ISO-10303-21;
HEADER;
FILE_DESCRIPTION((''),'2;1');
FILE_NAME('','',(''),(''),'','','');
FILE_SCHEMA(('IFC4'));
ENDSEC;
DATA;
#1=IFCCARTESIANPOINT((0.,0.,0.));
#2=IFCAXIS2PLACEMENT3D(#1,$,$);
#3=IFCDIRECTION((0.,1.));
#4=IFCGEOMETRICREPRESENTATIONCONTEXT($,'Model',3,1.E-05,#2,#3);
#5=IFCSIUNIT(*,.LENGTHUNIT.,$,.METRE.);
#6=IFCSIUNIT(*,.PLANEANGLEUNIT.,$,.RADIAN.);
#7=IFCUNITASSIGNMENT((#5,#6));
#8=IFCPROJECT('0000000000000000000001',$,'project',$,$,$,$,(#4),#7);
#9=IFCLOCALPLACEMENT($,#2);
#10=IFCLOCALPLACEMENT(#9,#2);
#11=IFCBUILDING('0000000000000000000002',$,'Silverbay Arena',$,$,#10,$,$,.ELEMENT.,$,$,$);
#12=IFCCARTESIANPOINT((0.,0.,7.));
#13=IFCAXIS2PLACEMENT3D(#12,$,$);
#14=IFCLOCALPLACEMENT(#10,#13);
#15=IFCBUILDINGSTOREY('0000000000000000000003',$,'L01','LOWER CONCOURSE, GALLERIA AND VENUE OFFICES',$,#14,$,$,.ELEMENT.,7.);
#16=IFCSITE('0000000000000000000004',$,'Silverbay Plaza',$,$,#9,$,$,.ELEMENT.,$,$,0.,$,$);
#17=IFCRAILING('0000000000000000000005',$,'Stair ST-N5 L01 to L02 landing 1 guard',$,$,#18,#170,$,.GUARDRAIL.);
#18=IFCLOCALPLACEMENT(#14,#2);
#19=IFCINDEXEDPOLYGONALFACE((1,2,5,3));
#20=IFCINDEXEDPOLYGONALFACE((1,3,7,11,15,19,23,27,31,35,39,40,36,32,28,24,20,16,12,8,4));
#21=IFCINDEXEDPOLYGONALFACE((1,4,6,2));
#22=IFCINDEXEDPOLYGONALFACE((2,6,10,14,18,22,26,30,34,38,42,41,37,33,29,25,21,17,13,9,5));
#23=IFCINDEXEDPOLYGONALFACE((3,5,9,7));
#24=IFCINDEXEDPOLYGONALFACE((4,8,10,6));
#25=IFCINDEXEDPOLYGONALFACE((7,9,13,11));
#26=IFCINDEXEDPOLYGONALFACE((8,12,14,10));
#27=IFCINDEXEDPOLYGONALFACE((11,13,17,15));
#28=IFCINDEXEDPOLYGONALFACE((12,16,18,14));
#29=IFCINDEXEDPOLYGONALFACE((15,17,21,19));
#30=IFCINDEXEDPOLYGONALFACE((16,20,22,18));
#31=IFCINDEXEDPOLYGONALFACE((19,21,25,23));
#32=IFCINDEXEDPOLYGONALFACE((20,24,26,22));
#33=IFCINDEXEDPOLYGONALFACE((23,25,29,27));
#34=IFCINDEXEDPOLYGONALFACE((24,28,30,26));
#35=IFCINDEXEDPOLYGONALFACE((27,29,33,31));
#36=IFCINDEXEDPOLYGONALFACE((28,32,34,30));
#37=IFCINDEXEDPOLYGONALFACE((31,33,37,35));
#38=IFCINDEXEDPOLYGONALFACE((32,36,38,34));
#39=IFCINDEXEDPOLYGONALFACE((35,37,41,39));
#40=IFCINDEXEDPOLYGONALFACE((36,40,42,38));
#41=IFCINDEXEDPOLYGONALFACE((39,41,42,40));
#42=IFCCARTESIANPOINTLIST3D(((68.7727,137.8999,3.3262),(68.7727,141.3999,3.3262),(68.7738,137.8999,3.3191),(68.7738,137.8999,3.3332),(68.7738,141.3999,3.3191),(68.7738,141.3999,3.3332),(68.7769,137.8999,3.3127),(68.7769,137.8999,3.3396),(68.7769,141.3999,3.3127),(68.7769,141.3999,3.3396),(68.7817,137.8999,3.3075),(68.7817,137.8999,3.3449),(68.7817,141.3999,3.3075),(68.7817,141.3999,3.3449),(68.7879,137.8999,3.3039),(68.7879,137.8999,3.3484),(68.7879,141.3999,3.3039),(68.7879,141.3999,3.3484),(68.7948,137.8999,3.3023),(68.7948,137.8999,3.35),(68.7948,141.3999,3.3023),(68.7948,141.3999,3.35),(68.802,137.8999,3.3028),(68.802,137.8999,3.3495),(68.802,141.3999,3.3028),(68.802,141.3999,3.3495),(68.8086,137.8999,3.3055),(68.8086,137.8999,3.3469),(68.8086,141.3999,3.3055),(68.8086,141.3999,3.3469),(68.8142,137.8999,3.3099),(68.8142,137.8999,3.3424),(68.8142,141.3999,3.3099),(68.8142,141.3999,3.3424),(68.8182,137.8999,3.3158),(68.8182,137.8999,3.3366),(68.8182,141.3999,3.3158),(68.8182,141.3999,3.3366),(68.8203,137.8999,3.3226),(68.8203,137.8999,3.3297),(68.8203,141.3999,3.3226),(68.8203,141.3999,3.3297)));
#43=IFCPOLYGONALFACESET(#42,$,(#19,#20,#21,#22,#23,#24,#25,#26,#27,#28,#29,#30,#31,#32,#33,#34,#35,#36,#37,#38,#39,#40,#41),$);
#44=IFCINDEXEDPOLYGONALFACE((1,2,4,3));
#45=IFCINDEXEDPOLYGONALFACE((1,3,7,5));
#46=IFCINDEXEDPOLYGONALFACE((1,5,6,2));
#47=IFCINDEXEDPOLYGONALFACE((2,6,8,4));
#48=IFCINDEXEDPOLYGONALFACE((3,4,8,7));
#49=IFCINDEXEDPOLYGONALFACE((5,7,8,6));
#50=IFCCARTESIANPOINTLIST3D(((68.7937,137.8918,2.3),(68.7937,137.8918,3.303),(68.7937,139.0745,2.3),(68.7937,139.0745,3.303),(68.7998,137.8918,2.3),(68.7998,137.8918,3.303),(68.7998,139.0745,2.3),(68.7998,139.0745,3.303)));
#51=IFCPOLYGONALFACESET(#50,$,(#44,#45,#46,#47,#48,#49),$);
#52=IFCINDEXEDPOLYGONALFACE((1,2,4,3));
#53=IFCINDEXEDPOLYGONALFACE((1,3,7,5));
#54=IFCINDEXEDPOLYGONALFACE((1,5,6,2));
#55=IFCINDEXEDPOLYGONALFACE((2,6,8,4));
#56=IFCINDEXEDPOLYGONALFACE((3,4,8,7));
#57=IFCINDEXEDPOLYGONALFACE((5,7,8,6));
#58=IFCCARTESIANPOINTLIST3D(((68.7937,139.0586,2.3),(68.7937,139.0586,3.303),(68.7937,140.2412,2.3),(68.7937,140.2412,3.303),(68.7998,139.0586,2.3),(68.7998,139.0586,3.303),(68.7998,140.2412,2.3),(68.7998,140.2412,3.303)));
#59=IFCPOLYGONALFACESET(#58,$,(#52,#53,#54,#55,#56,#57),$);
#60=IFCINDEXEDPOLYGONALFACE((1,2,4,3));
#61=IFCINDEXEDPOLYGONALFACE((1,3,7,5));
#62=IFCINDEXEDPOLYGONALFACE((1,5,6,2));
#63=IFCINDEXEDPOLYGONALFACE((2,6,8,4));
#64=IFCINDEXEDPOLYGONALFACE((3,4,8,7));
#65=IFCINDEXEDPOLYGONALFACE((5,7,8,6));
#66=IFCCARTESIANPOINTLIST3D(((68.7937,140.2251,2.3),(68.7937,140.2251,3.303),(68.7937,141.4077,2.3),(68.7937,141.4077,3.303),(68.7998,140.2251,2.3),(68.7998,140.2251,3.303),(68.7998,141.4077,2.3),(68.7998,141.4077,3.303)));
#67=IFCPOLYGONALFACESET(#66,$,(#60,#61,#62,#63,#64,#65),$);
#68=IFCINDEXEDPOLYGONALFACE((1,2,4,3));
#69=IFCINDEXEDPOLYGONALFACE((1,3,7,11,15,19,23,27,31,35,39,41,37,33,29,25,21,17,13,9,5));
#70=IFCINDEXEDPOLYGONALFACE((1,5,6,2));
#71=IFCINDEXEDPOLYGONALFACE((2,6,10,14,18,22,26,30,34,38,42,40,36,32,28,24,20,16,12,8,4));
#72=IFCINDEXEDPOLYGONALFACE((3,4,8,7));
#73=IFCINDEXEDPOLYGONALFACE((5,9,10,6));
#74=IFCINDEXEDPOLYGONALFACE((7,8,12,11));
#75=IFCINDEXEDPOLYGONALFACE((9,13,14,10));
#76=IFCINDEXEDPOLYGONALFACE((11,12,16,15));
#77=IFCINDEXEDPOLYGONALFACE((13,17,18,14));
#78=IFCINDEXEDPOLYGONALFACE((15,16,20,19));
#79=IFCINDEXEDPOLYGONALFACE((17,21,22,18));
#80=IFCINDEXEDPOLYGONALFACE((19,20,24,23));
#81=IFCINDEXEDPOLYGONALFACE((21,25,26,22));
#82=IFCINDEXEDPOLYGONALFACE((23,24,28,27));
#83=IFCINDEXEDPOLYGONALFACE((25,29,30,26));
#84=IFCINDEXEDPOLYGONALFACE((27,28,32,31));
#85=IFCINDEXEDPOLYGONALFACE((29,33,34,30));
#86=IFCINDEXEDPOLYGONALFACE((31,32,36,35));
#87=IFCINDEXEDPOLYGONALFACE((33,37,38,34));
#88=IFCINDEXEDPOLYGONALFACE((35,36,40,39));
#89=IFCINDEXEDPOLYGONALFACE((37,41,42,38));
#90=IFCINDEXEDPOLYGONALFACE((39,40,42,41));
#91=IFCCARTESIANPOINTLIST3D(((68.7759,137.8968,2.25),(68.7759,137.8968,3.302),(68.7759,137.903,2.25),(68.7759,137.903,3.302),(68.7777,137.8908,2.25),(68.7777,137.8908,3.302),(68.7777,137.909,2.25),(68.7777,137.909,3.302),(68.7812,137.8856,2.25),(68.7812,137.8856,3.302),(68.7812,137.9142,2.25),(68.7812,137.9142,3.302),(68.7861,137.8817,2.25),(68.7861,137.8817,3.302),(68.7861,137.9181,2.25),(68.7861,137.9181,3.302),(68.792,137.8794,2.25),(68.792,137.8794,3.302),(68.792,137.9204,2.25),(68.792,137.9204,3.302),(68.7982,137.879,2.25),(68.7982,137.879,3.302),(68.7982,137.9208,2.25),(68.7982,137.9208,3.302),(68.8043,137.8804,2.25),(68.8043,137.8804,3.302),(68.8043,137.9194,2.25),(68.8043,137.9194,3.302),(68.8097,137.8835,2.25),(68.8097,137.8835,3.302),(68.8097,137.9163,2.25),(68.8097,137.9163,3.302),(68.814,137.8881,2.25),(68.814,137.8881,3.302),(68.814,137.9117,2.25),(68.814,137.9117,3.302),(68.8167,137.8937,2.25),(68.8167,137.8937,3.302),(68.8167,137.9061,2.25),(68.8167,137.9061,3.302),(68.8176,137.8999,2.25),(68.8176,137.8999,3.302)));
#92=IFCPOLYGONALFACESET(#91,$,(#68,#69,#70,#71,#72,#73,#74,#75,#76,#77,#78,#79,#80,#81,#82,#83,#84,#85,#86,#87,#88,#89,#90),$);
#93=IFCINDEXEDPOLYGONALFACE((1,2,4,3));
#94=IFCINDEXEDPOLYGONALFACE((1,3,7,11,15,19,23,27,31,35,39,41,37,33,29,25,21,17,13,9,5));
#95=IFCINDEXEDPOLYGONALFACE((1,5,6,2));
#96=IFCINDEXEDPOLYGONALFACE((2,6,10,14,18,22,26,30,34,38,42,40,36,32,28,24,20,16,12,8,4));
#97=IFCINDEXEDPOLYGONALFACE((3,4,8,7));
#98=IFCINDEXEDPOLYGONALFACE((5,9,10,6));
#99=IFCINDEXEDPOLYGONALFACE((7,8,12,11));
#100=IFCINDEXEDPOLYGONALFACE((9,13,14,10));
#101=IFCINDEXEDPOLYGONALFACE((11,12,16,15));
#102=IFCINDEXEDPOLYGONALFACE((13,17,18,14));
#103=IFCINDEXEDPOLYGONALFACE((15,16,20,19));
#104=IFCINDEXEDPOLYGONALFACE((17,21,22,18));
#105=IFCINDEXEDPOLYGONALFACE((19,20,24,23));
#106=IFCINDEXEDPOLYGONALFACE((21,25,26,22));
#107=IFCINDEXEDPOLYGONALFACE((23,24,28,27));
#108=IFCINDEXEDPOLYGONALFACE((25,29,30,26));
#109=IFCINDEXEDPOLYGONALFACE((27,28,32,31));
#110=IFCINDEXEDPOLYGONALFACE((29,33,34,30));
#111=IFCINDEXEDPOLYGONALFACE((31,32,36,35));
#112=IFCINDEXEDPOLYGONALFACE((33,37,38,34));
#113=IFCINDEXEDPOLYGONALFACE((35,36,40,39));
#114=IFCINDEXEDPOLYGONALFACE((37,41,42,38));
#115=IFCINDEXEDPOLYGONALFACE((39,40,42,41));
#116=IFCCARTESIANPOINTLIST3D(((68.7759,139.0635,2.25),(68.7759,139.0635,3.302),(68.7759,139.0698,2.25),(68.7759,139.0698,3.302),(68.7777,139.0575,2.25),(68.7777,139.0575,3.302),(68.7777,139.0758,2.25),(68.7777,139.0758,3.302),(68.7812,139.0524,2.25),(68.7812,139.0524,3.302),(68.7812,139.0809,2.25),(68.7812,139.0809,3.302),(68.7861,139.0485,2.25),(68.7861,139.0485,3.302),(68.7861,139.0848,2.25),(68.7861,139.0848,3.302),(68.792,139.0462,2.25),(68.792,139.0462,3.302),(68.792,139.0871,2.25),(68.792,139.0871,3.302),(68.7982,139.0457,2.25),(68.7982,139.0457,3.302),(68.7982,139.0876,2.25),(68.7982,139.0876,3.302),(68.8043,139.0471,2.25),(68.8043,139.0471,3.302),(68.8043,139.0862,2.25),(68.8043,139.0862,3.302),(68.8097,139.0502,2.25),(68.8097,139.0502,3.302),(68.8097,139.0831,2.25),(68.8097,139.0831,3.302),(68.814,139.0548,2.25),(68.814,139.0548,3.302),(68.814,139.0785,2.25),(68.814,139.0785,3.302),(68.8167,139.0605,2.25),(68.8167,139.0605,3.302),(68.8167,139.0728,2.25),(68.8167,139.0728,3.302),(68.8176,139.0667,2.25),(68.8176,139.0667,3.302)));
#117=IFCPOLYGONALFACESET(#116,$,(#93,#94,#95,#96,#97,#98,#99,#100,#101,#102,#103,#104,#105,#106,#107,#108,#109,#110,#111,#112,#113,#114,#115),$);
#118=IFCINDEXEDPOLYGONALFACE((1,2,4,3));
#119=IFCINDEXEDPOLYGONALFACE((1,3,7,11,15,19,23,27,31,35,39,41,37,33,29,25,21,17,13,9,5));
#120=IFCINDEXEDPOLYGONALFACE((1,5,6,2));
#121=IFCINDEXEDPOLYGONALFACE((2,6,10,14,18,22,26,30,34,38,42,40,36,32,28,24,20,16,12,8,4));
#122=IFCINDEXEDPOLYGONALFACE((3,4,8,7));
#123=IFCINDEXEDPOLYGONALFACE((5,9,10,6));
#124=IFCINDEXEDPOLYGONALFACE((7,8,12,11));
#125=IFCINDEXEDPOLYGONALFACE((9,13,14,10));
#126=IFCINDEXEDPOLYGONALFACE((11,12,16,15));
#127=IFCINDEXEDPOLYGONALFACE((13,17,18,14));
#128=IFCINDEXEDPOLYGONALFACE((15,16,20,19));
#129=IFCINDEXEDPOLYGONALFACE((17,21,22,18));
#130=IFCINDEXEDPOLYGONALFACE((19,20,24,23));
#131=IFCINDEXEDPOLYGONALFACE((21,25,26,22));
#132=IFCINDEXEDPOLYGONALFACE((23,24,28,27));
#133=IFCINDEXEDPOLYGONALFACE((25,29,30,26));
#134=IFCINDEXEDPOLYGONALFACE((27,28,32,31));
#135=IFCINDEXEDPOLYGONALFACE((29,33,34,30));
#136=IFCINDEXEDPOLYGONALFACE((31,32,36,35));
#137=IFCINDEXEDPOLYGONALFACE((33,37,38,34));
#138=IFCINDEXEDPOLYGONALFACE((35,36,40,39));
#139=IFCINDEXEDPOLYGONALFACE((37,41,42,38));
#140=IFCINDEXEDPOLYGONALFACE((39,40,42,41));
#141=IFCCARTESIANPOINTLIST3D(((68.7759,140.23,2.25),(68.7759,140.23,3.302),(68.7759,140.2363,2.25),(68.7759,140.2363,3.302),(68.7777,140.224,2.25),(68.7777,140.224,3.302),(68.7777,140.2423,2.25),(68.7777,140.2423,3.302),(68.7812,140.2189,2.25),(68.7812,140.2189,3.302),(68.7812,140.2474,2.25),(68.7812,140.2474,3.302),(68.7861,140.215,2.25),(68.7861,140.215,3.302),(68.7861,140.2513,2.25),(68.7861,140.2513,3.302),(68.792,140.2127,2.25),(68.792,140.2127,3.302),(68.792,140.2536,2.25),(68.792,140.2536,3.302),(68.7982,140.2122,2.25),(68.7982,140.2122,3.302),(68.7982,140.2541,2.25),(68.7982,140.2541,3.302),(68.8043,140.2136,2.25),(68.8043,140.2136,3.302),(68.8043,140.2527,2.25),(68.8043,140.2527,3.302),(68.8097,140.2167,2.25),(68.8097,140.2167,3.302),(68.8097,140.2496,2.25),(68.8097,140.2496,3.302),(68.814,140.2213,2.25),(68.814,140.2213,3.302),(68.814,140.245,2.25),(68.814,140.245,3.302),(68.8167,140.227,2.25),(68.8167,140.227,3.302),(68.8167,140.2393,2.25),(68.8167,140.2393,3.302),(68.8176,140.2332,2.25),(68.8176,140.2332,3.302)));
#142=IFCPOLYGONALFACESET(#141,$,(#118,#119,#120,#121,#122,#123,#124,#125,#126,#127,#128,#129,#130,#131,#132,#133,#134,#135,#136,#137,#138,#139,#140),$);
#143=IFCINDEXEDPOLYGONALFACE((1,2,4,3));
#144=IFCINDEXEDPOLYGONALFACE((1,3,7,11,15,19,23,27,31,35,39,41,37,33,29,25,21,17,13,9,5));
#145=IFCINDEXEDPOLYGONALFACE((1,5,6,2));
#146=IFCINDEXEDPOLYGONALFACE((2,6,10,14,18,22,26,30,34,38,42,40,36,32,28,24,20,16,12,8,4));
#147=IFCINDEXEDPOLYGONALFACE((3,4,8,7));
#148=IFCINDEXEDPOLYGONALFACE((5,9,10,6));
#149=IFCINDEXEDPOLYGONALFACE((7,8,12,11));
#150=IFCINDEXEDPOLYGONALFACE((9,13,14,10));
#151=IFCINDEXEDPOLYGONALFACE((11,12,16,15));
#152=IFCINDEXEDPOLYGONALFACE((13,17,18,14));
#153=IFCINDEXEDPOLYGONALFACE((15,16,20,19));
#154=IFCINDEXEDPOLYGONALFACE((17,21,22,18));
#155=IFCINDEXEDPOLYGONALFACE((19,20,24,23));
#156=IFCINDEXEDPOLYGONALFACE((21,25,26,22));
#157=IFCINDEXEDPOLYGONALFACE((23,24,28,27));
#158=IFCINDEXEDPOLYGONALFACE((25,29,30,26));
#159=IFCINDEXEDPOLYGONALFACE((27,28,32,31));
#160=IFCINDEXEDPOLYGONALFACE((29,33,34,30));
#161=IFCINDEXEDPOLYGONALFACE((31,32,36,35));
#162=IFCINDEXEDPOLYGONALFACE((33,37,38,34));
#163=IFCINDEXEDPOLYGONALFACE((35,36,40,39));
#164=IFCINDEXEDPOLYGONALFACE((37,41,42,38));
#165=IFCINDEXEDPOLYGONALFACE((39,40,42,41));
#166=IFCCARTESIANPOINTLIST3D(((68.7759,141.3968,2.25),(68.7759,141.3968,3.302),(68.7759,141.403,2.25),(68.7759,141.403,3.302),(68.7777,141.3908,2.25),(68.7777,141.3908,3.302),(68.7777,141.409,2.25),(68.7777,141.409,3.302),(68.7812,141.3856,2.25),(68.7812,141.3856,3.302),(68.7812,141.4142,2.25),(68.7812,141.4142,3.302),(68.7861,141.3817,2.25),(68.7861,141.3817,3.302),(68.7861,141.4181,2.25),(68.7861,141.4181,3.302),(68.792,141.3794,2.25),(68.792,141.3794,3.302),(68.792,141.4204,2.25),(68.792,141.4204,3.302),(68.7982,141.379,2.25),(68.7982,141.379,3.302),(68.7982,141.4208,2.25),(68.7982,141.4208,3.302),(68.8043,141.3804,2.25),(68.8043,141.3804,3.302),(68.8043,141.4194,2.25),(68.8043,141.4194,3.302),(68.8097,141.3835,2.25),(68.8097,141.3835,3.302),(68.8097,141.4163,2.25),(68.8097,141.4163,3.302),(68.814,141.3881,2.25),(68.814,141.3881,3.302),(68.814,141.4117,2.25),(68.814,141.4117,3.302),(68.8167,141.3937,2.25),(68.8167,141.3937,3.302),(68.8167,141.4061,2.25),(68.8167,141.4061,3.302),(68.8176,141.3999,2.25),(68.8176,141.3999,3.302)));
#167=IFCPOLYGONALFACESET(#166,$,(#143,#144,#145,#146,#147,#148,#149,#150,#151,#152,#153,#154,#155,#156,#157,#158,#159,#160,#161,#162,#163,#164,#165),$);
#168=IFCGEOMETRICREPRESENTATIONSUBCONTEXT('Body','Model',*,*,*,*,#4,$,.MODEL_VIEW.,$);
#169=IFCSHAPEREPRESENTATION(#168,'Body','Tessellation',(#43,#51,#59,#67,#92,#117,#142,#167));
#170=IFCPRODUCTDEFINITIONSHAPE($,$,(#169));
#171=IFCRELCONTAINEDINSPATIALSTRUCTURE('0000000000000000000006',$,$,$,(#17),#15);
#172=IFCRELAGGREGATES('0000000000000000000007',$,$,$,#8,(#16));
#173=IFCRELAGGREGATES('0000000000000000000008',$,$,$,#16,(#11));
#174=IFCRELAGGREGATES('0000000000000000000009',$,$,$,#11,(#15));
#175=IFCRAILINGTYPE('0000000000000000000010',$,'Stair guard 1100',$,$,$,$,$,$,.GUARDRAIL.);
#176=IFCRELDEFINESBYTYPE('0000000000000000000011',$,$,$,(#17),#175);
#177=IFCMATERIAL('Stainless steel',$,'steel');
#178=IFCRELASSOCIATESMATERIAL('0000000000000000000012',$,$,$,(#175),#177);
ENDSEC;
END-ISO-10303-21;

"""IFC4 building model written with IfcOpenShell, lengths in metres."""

from ifc_helpers import new_model, si_unit, direction, frame, origin, origin_2d, place, context, subcontext, project, spatial, polyline, circle, outline, extrude, material, type_object, element, save


model = new_model("IFC4")

# Units and contexts
model_context = context("Model", 3, precision=1e-05, world=origin(), true_north=direction((0.0, 1.0)))
body_context = subcontext(model_context, "Body", "Model", "MODEL_VIEW")
ifc_project = project(units=[si_unit("LENGTHUNIT", "METRE"), si_unit("PLANEANGLEUNIT", "RADIAN")], contexts=[model_context])

# Site, building, storey
site_placement = place(None, origin())
site = spatial("IfcSite", under=ifc_project, at=site_placement, Name="Silverbay Plaza", CompositionType="ELEMENT", RefElevation=0.0)
building_placement = place(site_placement, origin())
building = spatial("IfcBuilding", under=site, at=building_placement, Name="Silverbay Arena", CompositionType="ELEMENT")
storey_placement = place(building_placement, frame((0.0, 0.0, 7.0)))
storey = spatial("IfcBuildingStorey", under=building, at=storey_placement, Name="L01", Description="LOWER CONCOURSE, GALLERIA AND VENUE OFFICES", CompositionType="ELEMENT", Elevation=7.0)

# Railing
ifc_material_1 = material(Name="Stainless steel", Category="steel")
railing_type_1 = type_object("IfcRailingType", Name="Stair guard 1100", PredefinedType="GUARDRAIL", material=ifc_material_1)
for number, where, name in (
    (1, (68.7966, 137.8999, 2.25), "Stair ST-N5 L01 to L02 landing 1 guard"),
):
    element("IfcRailing", number, at=place(storey_placement, frame(where)), inside=storey, type_object=railing_type_1, Name=name, PredefinedType="GUARDRAIL", context=body_context, shape_type="SweptSolid", body=[
        extrude(circle(Radius=0.0239, at=origin_2d()), frame((0.0, 0.0, 1.0762), z_axis=(0.0, 1.0, 0.0), x_axis=(-1.0, 0.0, 0.0)), (0.0, 0.0, 1.0), 3.5),
        extrude(outline(polyline([(-0.0081, 0.05), (1.1746, 0.05), (1.1746, 1.053), (-0.0081, 1.053), (-0.0081, 0.05)])), frame((-0.0029, 0.0, 0.0), z_axis=(1.0, 0.0, 0.0), x_axis=(0.0, 1.0, 0.0)), (0.0, 0.0, 1.0), 0.0061),
        extrude(outline(polyline([(-0.0081, 0.05), (1.1746, 0.05), (1.1746, 1.053), (-0.0081, 1.053), (-0.0081, 0.05)])), frame((-0.0029, 1.1667, 0.0), z_axis=(1.0, 0.0, 0.0), x_axis=(0.0, 1.0, 0.0)), (0.0, 0.0, 1.0), 0.0061),
        extrude(outline(polyline([(-0.0081, 0.05), (1.1746, 0.05), (1.1746, 1.053), (-0.0081, 1.053), (-0.0081, 0.05)])), frame((-0.0029, 2.3333, 0.0), z_axis=(1.0, 0.0, 0.0), x_axis=(0.0, 1.0, 0.0)), (0.0, 0.0, 1.0), 0.0061),
        extrude(circle(Radius=0.021, at=origin_2d()), origin(), (0.0, 0.0, 1.0), 1.052),
        extrude(circle(Radius=0.021, at=origin_2d()), frame((0.0, 1.1667, 0.0)), (0.0, 0.0, 1.0), 1.052),
        extrude(circle(Radius=0.021, at=origin_2d()), frame((0.0, 2.3333, 0.0)), (0.0, 0.0, 1.0), 1.052),
        extrude(circle(Radius=0.021, at=origin_2d()), frame((0.0, 3.5, 0.0)), (0.0, 0.0, 1.0), 1.052),
    ])

save(model, "model.ifc")
